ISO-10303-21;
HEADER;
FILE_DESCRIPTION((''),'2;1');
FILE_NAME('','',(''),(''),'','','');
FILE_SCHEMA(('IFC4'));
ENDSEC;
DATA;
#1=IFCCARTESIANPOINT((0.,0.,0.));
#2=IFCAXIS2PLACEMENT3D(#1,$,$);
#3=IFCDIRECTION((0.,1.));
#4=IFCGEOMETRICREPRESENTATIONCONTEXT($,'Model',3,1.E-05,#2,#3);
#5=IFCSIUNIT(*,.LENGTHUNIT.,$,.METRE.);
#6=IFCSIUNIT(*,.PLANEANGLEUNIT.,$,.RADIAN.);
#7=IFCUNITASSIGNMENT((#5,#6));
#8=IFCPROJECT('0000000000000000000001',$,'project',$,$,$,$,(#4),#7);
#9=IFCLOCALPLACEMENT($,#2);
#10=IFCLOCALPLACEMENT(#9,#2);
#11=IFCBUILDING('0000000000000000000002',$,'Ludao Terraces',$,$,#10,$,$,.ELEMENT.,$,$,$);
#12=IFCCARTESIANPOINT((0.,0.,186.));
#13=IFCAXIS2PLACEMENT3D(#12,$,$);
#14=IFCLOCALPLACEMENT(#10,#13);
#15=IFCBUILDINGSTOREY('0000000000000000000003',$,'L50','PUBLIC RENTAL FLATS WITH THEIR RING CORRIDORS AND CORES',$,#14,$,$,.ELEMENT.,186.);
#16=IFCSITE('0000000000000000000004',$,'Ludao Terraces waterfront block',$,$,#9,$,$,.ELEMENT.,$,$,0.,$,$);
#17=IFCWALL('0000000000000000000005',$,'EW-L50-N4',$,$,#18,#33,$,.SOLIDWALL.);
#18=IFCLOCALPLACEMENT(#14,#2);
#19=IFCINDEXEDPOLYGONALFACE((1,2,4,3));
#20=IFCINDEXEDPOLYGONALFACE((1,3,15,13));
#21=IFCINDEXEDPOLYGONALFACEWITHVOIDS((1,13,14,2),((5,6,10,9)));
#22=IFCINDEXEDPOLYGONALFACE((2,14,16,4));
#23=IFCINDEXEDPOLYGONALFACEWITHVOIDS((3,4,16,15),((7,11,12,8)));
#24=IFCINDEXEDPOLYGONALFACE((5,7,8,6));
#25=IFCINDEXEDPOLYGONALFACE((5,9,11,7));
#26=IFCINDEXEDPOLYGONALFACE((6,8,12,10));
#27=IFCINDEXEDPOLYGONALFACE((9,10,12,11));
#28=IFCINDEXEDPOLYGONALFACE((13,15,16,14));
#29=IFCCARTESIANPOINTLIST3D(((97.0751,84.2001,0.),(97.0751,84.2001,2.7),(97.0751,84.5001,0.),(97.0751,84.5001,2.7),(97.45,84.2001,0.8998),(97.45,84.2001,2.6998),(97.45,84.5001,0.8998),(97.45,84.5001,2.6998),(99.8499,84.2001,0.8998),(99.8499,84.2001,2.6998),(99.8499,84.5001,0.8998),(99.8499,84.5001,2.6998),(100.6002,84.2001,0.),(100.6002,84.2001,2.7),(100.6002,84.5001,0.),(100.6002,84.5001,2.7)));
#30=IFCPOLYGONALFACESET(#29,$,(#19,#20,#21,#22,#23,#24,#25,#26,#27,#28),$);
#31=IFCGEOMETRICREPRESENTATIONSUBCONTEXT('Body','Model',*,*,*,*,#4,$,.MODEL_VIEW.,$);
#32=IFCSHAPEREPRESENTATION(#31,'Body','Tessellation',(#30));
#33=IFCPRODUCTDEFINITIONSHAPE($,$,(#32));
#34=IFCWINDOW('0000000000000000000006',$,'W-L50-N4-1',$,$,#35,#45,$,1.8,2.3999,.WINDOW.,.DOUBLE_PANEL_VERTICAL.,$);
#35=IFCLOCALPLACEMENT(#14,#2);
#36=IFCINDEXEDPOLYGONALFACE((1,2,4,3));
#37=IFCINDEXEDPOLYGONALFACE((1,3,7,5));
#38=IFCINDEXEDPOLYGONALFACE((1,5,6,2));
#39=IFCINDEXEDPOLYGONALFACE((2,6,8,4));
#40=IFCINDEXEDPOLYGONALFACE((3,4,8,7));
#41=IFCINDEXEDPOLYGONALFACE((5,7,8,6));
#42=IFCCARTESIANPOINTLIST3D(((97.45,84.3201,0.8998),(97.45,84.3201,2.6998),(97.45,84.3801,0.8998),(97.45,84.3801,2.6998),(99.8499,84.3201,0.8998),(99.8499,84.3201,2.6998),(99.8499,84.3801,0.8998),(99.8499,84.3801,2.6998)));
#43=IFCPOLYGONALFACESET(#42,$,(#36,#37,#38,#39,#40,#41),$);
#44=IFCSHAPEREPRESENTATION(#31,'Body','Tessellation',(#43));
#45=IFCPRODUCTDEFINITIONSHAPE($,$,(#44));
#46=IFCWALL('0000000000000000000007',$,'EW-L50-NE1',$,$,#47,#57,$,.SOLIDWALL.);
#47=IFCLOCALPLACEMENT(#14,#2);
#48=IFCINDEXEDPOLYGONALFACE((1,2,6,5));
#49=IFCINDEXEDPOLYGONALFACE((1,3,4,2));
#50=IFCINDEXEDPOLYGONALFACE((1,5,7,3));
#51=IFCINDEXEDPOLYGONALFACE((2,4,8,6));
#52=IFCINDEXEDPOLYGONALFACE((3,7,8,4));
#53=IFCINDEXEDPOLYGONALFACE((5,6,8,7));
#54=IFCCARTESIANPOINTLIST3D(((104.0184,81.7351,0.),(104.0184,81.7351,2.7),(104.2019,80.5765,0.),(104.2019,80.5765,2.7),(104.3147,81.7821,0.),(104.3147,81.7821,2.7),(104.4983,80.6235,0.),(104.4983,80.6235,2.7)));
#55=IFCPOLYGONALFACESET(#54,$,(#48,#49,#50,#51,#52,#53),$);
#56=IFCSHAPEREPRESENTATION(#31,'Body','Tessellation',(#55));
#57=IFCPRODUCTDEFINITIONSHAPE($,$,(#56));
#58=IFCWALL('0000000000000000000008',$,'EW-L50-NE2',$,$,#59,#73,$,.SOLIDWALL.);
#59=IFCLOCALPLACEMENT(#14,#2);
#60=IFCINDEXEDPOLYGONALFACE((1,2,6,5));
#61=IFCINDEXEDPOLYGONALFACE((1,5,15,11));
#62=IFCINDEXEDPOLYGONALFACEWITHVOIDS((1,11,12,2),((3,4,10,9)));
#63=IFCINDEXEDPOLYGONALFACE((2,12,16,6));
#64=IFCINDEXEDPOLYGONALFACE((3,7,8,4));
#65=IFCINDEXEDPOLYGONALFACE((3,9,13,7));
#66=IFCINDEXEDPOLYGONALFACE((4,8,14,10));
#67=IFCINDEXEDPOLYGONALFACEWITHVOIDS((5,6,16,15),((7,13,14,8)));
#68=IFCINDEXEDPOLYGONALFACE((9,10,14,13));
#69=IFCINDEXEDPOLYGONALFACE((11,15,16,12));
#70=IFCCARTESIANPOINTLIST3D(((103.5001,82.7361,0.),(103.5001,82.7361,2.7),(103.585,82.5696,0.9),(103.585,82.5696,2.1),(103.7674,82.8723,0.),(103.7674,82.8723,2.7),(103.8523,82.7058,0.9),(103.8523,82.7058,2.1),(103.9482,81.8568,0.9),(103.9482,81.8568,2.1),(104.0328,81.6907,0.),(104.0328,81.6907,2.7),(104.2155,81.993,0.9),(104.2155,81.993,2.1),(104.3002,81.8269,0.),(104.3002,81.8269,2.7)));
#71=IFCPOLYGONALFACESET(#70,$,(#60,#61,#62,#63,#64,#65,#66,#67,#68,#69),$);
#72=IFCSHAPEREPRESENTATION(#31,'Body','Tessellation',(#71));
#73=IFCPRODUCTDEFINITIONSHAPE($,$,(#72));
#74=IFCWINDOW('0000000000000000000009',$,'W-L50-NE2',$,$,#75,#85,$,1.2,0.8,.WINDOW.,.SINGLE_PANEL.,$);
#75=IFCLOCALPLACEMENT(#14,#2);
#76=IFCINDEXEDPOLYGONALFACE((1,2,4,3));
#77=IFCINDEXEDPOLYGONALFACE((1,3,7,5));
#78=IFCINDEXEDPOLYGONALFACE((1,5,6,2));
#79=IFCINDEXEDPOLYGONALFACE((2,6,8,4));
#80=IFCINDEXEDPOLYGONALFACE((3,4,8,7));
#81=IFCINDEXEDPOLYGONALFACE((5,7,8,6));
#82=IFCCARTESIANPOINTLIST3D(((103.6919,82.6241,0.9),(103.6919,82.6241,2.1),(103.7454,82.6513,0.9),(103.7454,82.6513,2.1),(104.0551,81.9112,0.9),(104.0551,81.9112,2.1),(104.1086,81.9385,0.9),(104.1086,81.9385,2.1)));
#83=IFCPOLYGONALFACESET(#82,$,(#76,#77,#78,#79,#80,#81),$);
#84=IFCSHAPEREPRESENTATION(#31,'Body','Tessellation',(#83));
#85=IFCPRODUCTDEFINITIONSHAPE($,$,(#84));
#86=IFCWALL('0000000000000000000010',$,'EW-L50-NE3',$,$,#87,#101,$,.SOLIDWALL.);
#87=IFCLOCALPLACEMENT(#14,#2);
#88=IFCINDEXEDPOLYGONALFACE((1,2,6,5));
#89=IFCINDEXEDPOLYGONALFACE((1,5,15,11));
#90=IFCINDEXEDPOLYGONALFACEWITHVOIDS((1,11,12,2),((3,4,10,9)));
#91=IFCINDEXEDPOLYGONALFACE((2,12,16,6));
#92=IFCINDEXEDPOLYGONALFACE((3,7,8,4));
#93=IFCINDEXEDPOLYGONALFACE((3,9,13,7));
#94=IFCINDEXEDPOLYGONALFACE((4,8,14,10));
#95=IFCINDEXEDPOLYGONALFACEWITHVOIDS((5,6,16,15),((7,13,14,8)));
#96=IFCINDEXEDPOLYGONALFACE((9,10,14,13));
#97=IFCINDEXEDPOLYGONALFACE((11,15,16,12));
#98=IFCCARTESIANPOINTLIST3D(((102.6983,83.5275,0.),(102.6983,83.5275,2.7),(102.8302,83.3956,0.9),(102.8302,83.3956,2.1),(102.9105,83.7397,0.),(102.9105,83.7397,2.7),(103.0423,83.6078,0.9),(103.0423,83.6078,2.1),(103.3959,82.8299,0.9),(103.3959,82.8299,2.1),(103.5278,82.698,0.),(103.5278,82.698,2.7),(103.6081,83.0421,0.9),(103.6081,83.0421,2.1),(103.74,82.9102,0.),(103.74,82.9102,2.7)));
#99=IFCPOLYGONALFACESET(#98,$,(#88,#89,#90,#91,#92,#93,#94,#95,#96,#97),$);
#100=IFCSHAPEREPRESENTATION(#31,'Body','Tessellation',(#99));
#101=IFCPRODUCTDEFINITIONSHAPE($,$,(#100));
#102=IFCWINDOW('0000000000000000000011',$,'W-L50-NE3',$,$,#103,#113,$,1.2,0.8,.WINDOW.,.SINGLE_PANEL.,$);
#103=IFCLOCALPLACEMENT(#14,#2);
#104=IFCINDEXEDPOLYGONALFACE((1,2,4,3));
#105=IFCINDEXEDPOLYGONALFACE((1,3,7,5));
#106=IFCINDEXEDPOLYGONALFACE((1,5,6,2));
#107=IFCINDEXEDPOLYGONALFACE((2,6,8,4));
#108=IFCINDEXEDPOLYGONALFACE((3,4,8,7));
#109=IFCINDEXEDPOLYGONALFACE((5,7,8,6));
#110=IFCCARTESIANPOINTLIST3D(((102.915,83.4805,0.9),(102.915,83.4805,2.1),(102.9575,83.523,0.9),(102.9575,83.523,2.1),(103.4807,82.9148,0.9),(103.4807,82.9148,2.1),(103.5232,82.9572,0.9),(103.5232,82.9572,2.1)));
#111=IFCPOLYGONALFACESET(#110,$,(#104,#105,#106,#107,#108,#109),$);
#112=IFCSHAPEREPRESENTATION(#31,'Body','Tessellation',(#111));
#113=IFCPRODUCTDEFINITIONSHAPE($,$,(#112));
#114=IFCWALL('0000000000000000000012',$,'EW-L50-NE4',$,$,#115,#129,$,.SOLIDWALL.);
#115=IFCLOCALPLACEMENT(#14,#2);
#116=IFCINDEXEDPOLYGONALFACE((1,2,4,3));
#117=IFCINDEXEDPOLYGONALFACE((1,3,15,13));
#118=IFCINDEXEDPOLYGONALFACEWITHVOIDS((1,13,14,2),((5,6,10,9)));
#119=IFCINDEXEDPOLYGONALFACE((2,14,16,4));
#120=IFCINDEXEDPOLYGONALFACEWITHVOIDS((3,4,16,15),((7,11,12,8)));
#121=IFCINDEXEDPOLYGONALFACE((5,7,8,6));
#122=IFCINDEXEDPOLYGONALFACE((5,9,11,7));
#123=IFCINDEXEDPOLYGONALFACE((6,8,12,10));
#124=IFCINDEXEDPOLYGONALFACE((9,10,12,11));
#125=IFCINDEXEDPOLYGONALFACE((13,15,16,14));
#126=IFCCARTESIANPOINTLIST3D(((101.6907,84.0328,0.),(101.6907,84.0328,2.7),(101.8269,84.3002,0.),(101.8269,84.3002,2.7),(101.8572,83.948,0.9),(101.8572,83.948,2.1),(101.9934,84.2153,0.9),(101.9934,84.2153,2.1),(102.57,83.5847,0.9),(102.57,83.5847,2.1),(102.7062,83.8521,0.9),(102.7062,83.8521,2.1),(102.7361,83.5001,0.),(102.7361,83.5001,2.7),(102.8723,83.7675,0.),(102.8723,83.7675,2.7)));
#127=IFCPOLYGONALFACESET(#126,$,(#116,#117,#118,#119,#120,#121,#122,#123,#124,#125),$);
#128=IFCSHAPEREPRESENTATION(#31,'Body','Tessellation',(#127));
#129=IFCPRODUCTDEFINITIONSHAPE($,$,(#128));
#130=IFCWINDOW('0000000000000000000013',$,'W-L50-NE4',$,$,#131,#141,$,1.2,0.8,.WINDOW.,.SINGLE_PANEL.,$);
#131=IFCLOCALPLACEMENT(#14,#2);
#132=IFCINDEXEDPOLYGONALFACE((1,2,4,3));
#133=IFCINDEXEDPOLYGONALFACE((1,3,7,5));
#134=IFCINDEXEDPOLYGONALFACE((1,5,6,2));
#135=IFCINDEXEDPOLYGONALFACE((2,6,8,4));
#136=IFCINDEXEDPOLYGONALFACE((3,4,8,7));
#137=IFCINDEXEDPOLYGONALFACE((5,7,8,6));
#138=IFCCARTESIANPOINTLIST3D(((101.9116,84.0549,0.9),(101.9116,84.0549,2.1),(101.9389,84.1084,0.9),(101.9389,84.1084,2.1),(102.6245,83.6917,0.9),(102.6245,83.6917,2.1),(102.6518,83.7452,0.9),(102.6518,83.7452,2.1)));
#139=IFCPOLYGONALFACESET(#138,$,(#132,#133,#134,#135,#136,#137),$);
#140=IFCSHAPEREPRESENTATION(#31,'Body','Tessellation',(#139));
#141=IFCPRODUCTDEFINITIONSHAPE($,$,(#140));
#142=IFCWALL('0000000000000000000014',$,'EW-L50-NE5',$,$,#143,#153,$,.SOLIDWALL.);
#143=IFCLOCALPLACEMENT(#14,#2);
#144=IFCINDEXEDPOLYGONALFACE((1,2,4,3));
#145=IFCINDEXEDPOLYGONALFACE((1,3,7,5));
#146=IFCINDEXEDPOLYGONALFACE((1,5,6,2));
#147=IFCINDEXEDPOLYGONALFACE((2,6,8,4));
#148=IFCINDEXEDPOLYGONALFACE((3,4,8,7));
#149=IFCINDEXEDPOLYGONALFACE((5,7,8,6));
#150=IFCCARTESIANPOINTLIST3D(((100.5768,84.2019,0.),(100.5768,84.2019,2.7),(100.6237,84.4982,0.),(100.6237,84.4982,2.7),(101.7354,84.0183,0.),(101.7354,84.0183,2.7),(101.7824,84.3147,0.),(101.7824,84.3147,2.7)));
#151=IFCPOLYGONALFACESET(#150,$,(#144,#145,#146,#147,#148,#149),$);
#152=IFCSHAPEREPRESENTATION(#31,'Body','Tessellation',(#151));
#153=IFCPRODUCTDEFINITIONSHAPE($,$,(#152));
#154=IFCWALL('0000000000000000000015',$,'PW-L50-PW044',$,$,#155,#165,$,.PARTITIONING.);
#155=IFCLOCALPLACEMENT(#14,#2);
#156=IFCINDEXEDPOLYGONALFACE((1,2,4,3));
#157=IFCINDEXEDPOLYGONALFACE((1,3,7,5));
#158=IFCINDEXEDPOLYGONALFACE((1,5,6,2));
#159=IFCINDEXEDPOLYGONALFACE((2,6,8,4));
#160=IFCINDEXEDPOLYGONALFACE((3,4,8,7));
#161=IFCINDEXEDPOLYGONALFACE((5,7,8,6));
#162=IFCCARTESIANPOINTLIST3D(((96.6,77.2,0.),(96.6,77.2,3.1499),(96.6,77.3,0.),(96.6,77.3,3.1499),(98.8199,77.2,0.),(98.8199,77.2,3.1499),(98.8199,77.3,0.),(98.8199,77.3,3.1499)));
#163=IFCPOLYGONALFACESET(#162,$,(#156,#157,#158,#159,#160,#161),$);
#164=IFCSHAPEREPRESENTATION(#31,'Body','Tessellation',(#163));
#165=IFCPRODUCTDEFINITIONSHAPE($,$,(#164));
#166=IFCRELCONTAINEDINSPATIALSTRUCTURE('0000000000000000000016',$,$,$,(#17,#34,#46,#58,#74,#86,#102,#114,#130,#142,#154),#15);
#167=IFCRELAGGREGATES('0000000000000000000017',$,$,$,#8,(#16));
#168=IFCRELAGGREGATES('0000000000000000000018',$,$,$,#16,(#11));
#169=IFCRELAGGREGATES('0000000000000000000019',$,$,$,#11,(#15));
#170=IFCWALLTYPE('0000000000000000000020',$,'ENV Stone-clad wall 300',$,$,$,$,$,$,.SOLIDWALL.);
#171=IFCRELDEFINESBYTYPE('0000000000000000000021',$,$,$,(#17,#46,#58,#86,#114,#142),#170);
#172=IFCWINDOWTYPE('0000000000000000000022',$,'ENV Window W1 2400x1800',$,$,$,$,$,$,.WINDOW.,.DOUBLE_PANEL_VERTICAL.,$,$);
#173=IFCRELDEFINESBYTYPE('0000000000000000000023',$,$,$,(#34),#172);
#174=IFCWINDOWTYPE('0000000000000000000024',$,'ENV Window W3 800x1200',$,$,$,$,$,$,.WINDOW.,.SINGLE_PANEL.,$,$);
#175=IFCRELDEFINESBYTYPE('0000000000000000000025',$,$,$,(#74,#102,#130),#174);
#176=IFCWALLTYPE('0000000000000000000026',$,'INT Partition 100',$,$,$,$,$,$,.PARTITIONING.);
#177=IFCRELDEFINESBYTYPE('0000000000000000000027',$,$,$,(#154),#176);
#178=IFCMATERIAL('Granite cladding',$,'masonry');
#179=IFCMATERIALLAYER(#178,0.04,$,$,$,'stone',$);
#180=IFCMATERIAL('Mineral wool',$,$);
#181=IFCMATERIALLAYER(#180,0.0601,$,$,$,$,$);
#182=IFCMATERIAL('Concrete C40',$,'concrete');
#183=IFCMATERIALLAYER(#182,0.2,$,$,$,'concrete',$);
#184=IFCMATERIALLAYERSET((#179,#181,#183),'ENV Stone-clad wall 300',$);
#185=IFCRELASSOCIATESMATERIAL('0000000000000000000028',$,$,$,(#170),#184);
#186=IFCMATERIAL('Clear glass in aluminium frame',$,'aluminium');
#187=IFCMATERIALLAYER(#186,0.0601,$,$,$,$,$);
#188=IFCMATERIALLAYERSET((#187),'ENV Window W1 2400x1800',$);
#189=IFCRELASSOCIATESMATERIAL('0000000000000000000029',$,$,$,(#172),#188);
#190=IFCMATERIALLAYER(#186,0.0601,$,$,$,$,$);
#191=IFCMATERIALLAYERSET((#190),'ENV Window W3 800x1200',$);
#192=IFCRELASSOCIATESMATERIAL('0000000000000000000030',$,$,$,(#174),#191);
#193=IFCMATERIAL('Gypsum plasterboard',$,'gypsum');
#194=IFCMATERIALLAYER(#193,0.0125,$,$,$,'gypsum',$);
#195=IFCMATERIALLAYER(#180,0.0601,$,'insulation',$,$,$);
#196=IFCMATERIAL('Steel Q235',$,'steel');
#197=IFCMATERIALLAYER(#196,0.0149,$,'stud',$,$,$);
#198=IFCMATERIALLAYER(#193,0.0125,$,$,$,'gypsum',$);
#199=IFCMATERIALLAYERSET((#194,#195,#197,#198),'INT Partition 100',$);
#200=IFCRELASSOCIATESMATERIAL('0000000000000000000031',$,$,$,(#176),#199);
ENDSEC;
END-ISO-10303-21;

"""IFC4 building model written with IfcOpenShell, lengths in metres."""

from ifc_helpers import new_model, si_unit, direction, frame, frame_2d, origin, place, context, subcontext, project, spatial, rectangle, extrude, material, layer, layer_set, type_object, element, fill, save


model = new_model("IFC4")

# Units and contexts
model_context = context("Model", 3, precision=1e-05, world=origin(), true_north=direction((0.0, 1.0)))
body_context = subcontext(model_context, "Body", "Model", "MODEL_VIEW")
ifc_project = project(units=[si_unit("LENGTHUNIT", "METRE"), si_unit("PLANEANGLEUNIT", "RADIAN")], contexts=[model_context])

# Site, building, storey
site_placement = place(None, origin())
site = spatial("IfcSite", under=ifc_project, at=site_placement, Name="Ludao Terraces waterfront block", CompositionType="ELEMENT", RefElevation=0.0)
building_placement = place(site_placement, origin())
building = spatial("IfcBuilding", under=site, at=building_placement, Name="Ludao Terraces", CompositionType="ELEMENT")
storey_placement = place(building_placement, frame((0.0, 0.0, 186.0)))
storey = spatial("IfcBuildingStorey", under=building, at=storey_placement, Name="L50", Description="PUBLIC RENTAL FLATS WITH THEIR RING CORRIDORS AND CORES", CompositionType="ELEMENT", Elevation=186.0)

# Shared definitions
ifc_material_1 = material(Name="Concrete C40", Category="concrete")

# Shared definitions
ifc_material_2 = material(Name="Steel Q235", Category="steel")

# Shared definitions
ifc_material_3 = material(Name="Granite cladding", Category="masonry")
ifc_layer_1 = layer(ifc_material_3, 0.04, Category="stone")
ifc_material_4 = material(Name="Mineral wool")
ifc_layer_2 = layer(ifc_material_4, 0.0601)
ifc_layer_3 = layer(ifc_material_1, 0.2, Category="concrete")
ifc_layer_set_1 = layer_set([ifc_layer_1, ifc_layer_2, ifc_layer_3], Name="ENV Stone-clad wall 300")
wall_type_1 = type_object("IfcWallType", Name="ENV Stone-clad wall 300", PredefinedType="SOLIDWALL", material=ifc_layer_set_1)
ifc_material_5 = material(Name="Clear glass in aluminium frame", Category="aluminium")
ifc_layer_4 = layer(ifc_material_5, 0.0601)
ifc_layer_set_2 = layer_set([ifc_layer_4], Name="ENV Window W1 2400x1800")
window_type_1 = type_object("IfcWindowType", Name="ENV Window W1 2400x1800", PartitioningType="DOUBLE_PANEL_VERTICAL", PredefinedType="WINDOW", material=ifc_layer_set_2)

# Wall, opening, window
wall_1_placement = place(storey_placement, frame((97.075, 84.3501, 0.0), z_axis=(0.0, 0.0, 1.0), x_axis=(1.0, 0.0, 0.0)))
wall_1 = element("IfcWall", 1, at=wall_1_placement, inside=storey, type_object=wall_type_1, Name="EW-L50-N4", PredefinedType="SOLIDWALL", context=body_context, shape_type="SweptSolid", body=[
    extrude(rectangle(XDim=3.5251, YDim=0.3, at=frame_2d((1.7627, 0.0))), origin(), (0.0, 0.0, 1.0), 2.7),
])
opening_1_placement = place(wall_1_placement, frame((0.375, 0.0, 0.8999)))
opening_1 = element("IfcOpeningElement", 2, at=opening_1_placement, cuts=wall_1, PredefinedType="OPENING", context=body_context, shape_type="SweptSolid", body=[
    extrude(rectangle(XDim=2.3999, YDim=1.8, at=frame_2d((1.2, 0.8999))), frame((0.0, 0.1602, 0.0), z_axis=(0.0, -1.0, 0.0), x_axis=(1.0, 0.0, 0.0)), (0.0, 0.0, 1.0), 0.3201),
])
window_1_placement = place(opening_1_placement, origin())
window_1 = element("IfcWindow", 3, at=window_1_placement, inside=storey, type_object=window_type_1, Name="W-L50-N4-1", OverallHeight=1.8, OverallWidth=2.3999, PartitioningType="DOUBLE_PANEL_VERTICAL", PredefinedType="WINDOW", context=body_context, shape_type="SweptSolid", body=[
    extrude(rectangle(XDim=2.3999, YDim=1.8, at=frame_2d((1.2, 0.8999))), frame((0.0, 0.03, 0.0), z_axis=(0.0, -1.0, 0.0), x_axis=(1.0, 0.0, 0.0)), (0.0, 0.0, 1.0), 0.0601),
])
fill(opening_1, window_1)

# Wall
wall_2_placement = place(storey_placement, frame((104.3501, 80.6001, 0.0), z_axis=(0.0, 0.0, 1.0), x_axis=(-0.156497, 0.987678, 0.0)))
element("IfcWall", 4, at=wall_2_placement, inside=storey, type_object=wall_type_1, Name="EW-L50-NE1", PredefinedType="SOLIDWALL", context=body_context, shape_type="SweptSolid", body=[
    extrude(rectangle(XDim=1.1731, YDim=0.3, at=frame_2d((0.5864, 0.0))), origin(), (0.0, 0.0, 1.0), 2.7),
])

# Walls, openings, windows
wall_3_placement = place(storey_placement, frame((104.1665, 81.7588, 0.0), z_axis=(0.0, 0.0, 1.0), x_axis=(-0.454026, 0.890989, 0.0)))
wall_3 = element("IfcWall", 5, at=wall_3_placement, inside=storey, type_object=wall_type_1, Name="EW-L50-NE2", PredefinedType="SOLIDWALL", context=body_context, shape_type="SweptSolid", body=[
    extrude(rectangle(XDim=1.1733, YDim=0.3, at=frame_2d((0.5867, 0.0))), origin(), (0.0, 0.0, 1.0), 2.7),
])
opening_2_placement = place(wall_3_placement, frame((0.1865, 0.0, 0.8999)))
opening_2 = element("IfcOpeningElement", 6, at=opening_2_placement, cuts=wall_3, PredefinedType="OPENING", context=body_context, shape_type="SweptSolid", body=[
    extrude(rectangle(XDim=0.8, YDim=1.2, at=frame_2d((0.3999, 0.6001))), frame((0.0, 0.1602, 0.0), z_axis=(0.0, -1.0, 0.0), x_axis=(1.0, 0.0, 0.0)), (0.0, 0.0, 1.0), 0.3201),
])
ifc_layer_5 = layer(ifc_material_5, 0.0601)
ifc_layer_set_3 = layer_set([ifc_layer_5], Name="ENV Window W3 800x1200")
window_type_2 = type_object("IfcWindowType", Name="ENV Window W3 800x1200", PartitioningType="SINGLE_PANEL", PredefinedType="WINDOW", material=ifc_layer_set_3)
window_2_placement = place(opening_2_placement, origin())
window_2 = element("IfcWindow", 7, at=window_2_placement, inside=storey, type_object=window_type_2, Name="W-L50-NE2", OverallHeight=1.2, OverallWidth=0.8, PartitioningType="SINGLE_PANEL", PredefinedType="WINDOW", context=body_context, shape_type="SweptSolid", body=[
    extrude(rectangle(XDim=0.8, YDim=1.2, at=frame_2d((0.3999, 0.6001))), frame((0.0, 0.03, 0.0), z_axis=(0.0, -1.0, 0.0), x_axis=(1.0, 0.0, 0.0)), (0.0, 0.0, 1.0), 0.0601),
])
fill(opening_2, window_2)
wall_4_placement = place(storey_placement, frame((103.6338, 82.8042, 0.0), z_axis=(0.0, 0.0, 1.0), x_axis=(-0.707107, 0.707107, 0.0)))
wall_4 = element("IfcWall", 8, at=wall_4_placement, inside=storey, type_object=wall_type_1, Name="EW-L50-NE3", PredefinedType="SOLIDWALL", context=body_context, shape_type="SweptSolid", body=[
    extrude(rectangle(XDim=1.1731, YDim=0.3, at=frame_2d((0.5864, 0.0))), origin(), (0.0, 0.0, 1.0), 2.7),
])
opening_3_placement = place(wall_4_placement, frame((0.1865, 0.0, 0.8999)))
opening_3 = element("IfcOpeningElement", 9, at=opening_3_placement, cuts=wall_4, PredefinedType="OPENING", context=body_context, shape_type="SweptSolid", body=[
    extrude(rectangle(XDim=0.8, YDim=1.2, at=frame_2d((0.3999, 0.6001))), frame((0.0, 0.1602, 0.0), z_axis=(0.0, -1.0, 0.0), x_axis=(1.0, 0.0, 0.0)), (0.0, 0.0, 1.0), 0.3201),
])
window_3_placement = place(opening_3_placement, origin())
window_3 = element("IfcWindow", 10, at=window_3_placement, inside=storey, type_object=window_type_2, Name="W-L50-NE3", OverallHeight=1.2, OverallWidth=0.8, PartitioningType="SINGLE_PANEL", PredefinedType="WINDOW", context=body_context, shape_type="SweptSolid", body=[
    extrude(rectangle(XDim=0.8, YDim=1.2, at=frame_2d((0.3999, 0.6001))), frame((0.0, 0.03, 0.0), z_axis=(0.0, -1.0, 0.0), x_axis=(1.0, 0.0, 0.0)), (0.0, 0.0, 1.0), 0.0601),
])
fill(opening_3, window_3)
wall_5_placement = place(storey_placement, frame((102.8042, 83.6338, 0.0), z_axis=(0.0, 0.0, 1.0), x_axis=(-0.890989, 0.454026, 0.0)))
wall_5 = element("IfcWall", 11, at=wall_5_placement, inside=storey, type_object=wall_type_1, Name="EW-L50-NE4", PredefinedType="SOLIDWALL", context=body_context, shape_type="SweptSolid", body=[
    extrude(rectangle(XDim=1.1733, YDim=0.3, at=frame_2d((0.5867, 0.0))), origin(), (0.0, 0.0, 1.0), 2.7),
])
opening_4_placement = place(wall_5_placement, frame((0.1865, 0.0, 0.8999)))
opening_4 = element("IfcOpeningElement", 12, at=opening_4_placement, cuts=wall_5, PredefinedType="OPENING", context=body_context, shape_type="SweptSolid", body=[
    extrude(rectangle(XDim=0.8, YDim=1.2, at=frame_2d((0.3999, 0.6001))), frame((0.0, 0.1602, 0.0), z_axis=(0.0, -1.0, 0.0), x_axis=(1.0, 0.0, 0.0)), (0.0, 0.0, 1.0), 0.3201),
])
window_4_placement = place(opening_4_placement, origin())
window_4 = element("IfcWindow", 13, at=window_4_placement, inside=storey, type_object=window_type_2, Name="W-L50-NE4", OverallHeight=1.2, OverallWidth=0.8, PartitioningType="SINGLE_PANEL", PredefinedType="WINDOW", context=body_context, shape_type="SweptSolid", body=[
    extrude(rectangle(XDim=0.8, YDim=1.2, at=frame_2d((0.3999, 0.6001))), frame((0.0, 0.03, 0.0), z_axis=(0.0, -1.0, 0.0), x_axis=(1.0, 0.0, 0.0)), (0.0, 0.0, 1.0), 0.0601),
])
fill(opening_4, window_4)

# Walls
wall_6_placement = place(storey_placement, frame((101.7588, 84.1665, 0.0), z_axis=(0.0, 0.0, 1.0), x_axis=(-0.987678, 0.156497, 0.0)))
element("IfcWall", 14, at=wall_6_placement, inside=storey, type_object=wall_type_1, Name="EW-L50-NE5", PredefinedType="SOLIDWALL", context=body_context, shape_type="SweptSolid", body=[
    extrude(rectangle(XDim=1.1731, YDim=0.3, at=frame_2d((0.5864, 0.0))), origin(), (0.0, 0.0, 1.0), 2.7),
])
ifc_material_6 = material(Name="Gypsum plasterboard", Category="gypsum")
ifc_layer_6 = layer(ifc_material_6, 0.0125, Category="gypsum")
ifc_layer_7 = layer(ifc_material_4, 0.0601, Name="insulation")
ifc_layer_8 = layer(ifc_material_2, 0.0149, Name="stud")
ifc_layer_9 = layer(ifc_material_6, 0.0125, Category="gypsum")
ifc_layer_set_4 = layer_set([ifc_layer_6, ifc_layer_7, ifc_layer_8, ifc_layer_9], Name="INT Partition 100")
wall_type_2 = type_object("IfcWallType", Name="INT Partition 100", PredefinedType="PARTITIONING", material=ifc_layer_set_4)
for number, where, z_axis, x_axis, name in (
    (15, (96.6001, 77.25, 0.0), (0.0, 0.0, 1.0), (1.0, 0.0, 0.0), "PW-L50-PW044"),
):
    element("IfcWall", number, at=place(storey_placement, frame(where, z_axis=z_axis, x_axis=x_axis)), inside=storey, type_object=wall_type_2, Name=name, PredefinedType="PARTITIONING", context=body_context, shape_type="SweptSolid", body=[
        extrude(rectangle(XDim=2.22, YDim=0.1001, at=frame_2d((1.1099, 0.0))), origin(), (0.0, 0.0, 1.0), 3.1499),
    ])

save(model, "model.ifc")
